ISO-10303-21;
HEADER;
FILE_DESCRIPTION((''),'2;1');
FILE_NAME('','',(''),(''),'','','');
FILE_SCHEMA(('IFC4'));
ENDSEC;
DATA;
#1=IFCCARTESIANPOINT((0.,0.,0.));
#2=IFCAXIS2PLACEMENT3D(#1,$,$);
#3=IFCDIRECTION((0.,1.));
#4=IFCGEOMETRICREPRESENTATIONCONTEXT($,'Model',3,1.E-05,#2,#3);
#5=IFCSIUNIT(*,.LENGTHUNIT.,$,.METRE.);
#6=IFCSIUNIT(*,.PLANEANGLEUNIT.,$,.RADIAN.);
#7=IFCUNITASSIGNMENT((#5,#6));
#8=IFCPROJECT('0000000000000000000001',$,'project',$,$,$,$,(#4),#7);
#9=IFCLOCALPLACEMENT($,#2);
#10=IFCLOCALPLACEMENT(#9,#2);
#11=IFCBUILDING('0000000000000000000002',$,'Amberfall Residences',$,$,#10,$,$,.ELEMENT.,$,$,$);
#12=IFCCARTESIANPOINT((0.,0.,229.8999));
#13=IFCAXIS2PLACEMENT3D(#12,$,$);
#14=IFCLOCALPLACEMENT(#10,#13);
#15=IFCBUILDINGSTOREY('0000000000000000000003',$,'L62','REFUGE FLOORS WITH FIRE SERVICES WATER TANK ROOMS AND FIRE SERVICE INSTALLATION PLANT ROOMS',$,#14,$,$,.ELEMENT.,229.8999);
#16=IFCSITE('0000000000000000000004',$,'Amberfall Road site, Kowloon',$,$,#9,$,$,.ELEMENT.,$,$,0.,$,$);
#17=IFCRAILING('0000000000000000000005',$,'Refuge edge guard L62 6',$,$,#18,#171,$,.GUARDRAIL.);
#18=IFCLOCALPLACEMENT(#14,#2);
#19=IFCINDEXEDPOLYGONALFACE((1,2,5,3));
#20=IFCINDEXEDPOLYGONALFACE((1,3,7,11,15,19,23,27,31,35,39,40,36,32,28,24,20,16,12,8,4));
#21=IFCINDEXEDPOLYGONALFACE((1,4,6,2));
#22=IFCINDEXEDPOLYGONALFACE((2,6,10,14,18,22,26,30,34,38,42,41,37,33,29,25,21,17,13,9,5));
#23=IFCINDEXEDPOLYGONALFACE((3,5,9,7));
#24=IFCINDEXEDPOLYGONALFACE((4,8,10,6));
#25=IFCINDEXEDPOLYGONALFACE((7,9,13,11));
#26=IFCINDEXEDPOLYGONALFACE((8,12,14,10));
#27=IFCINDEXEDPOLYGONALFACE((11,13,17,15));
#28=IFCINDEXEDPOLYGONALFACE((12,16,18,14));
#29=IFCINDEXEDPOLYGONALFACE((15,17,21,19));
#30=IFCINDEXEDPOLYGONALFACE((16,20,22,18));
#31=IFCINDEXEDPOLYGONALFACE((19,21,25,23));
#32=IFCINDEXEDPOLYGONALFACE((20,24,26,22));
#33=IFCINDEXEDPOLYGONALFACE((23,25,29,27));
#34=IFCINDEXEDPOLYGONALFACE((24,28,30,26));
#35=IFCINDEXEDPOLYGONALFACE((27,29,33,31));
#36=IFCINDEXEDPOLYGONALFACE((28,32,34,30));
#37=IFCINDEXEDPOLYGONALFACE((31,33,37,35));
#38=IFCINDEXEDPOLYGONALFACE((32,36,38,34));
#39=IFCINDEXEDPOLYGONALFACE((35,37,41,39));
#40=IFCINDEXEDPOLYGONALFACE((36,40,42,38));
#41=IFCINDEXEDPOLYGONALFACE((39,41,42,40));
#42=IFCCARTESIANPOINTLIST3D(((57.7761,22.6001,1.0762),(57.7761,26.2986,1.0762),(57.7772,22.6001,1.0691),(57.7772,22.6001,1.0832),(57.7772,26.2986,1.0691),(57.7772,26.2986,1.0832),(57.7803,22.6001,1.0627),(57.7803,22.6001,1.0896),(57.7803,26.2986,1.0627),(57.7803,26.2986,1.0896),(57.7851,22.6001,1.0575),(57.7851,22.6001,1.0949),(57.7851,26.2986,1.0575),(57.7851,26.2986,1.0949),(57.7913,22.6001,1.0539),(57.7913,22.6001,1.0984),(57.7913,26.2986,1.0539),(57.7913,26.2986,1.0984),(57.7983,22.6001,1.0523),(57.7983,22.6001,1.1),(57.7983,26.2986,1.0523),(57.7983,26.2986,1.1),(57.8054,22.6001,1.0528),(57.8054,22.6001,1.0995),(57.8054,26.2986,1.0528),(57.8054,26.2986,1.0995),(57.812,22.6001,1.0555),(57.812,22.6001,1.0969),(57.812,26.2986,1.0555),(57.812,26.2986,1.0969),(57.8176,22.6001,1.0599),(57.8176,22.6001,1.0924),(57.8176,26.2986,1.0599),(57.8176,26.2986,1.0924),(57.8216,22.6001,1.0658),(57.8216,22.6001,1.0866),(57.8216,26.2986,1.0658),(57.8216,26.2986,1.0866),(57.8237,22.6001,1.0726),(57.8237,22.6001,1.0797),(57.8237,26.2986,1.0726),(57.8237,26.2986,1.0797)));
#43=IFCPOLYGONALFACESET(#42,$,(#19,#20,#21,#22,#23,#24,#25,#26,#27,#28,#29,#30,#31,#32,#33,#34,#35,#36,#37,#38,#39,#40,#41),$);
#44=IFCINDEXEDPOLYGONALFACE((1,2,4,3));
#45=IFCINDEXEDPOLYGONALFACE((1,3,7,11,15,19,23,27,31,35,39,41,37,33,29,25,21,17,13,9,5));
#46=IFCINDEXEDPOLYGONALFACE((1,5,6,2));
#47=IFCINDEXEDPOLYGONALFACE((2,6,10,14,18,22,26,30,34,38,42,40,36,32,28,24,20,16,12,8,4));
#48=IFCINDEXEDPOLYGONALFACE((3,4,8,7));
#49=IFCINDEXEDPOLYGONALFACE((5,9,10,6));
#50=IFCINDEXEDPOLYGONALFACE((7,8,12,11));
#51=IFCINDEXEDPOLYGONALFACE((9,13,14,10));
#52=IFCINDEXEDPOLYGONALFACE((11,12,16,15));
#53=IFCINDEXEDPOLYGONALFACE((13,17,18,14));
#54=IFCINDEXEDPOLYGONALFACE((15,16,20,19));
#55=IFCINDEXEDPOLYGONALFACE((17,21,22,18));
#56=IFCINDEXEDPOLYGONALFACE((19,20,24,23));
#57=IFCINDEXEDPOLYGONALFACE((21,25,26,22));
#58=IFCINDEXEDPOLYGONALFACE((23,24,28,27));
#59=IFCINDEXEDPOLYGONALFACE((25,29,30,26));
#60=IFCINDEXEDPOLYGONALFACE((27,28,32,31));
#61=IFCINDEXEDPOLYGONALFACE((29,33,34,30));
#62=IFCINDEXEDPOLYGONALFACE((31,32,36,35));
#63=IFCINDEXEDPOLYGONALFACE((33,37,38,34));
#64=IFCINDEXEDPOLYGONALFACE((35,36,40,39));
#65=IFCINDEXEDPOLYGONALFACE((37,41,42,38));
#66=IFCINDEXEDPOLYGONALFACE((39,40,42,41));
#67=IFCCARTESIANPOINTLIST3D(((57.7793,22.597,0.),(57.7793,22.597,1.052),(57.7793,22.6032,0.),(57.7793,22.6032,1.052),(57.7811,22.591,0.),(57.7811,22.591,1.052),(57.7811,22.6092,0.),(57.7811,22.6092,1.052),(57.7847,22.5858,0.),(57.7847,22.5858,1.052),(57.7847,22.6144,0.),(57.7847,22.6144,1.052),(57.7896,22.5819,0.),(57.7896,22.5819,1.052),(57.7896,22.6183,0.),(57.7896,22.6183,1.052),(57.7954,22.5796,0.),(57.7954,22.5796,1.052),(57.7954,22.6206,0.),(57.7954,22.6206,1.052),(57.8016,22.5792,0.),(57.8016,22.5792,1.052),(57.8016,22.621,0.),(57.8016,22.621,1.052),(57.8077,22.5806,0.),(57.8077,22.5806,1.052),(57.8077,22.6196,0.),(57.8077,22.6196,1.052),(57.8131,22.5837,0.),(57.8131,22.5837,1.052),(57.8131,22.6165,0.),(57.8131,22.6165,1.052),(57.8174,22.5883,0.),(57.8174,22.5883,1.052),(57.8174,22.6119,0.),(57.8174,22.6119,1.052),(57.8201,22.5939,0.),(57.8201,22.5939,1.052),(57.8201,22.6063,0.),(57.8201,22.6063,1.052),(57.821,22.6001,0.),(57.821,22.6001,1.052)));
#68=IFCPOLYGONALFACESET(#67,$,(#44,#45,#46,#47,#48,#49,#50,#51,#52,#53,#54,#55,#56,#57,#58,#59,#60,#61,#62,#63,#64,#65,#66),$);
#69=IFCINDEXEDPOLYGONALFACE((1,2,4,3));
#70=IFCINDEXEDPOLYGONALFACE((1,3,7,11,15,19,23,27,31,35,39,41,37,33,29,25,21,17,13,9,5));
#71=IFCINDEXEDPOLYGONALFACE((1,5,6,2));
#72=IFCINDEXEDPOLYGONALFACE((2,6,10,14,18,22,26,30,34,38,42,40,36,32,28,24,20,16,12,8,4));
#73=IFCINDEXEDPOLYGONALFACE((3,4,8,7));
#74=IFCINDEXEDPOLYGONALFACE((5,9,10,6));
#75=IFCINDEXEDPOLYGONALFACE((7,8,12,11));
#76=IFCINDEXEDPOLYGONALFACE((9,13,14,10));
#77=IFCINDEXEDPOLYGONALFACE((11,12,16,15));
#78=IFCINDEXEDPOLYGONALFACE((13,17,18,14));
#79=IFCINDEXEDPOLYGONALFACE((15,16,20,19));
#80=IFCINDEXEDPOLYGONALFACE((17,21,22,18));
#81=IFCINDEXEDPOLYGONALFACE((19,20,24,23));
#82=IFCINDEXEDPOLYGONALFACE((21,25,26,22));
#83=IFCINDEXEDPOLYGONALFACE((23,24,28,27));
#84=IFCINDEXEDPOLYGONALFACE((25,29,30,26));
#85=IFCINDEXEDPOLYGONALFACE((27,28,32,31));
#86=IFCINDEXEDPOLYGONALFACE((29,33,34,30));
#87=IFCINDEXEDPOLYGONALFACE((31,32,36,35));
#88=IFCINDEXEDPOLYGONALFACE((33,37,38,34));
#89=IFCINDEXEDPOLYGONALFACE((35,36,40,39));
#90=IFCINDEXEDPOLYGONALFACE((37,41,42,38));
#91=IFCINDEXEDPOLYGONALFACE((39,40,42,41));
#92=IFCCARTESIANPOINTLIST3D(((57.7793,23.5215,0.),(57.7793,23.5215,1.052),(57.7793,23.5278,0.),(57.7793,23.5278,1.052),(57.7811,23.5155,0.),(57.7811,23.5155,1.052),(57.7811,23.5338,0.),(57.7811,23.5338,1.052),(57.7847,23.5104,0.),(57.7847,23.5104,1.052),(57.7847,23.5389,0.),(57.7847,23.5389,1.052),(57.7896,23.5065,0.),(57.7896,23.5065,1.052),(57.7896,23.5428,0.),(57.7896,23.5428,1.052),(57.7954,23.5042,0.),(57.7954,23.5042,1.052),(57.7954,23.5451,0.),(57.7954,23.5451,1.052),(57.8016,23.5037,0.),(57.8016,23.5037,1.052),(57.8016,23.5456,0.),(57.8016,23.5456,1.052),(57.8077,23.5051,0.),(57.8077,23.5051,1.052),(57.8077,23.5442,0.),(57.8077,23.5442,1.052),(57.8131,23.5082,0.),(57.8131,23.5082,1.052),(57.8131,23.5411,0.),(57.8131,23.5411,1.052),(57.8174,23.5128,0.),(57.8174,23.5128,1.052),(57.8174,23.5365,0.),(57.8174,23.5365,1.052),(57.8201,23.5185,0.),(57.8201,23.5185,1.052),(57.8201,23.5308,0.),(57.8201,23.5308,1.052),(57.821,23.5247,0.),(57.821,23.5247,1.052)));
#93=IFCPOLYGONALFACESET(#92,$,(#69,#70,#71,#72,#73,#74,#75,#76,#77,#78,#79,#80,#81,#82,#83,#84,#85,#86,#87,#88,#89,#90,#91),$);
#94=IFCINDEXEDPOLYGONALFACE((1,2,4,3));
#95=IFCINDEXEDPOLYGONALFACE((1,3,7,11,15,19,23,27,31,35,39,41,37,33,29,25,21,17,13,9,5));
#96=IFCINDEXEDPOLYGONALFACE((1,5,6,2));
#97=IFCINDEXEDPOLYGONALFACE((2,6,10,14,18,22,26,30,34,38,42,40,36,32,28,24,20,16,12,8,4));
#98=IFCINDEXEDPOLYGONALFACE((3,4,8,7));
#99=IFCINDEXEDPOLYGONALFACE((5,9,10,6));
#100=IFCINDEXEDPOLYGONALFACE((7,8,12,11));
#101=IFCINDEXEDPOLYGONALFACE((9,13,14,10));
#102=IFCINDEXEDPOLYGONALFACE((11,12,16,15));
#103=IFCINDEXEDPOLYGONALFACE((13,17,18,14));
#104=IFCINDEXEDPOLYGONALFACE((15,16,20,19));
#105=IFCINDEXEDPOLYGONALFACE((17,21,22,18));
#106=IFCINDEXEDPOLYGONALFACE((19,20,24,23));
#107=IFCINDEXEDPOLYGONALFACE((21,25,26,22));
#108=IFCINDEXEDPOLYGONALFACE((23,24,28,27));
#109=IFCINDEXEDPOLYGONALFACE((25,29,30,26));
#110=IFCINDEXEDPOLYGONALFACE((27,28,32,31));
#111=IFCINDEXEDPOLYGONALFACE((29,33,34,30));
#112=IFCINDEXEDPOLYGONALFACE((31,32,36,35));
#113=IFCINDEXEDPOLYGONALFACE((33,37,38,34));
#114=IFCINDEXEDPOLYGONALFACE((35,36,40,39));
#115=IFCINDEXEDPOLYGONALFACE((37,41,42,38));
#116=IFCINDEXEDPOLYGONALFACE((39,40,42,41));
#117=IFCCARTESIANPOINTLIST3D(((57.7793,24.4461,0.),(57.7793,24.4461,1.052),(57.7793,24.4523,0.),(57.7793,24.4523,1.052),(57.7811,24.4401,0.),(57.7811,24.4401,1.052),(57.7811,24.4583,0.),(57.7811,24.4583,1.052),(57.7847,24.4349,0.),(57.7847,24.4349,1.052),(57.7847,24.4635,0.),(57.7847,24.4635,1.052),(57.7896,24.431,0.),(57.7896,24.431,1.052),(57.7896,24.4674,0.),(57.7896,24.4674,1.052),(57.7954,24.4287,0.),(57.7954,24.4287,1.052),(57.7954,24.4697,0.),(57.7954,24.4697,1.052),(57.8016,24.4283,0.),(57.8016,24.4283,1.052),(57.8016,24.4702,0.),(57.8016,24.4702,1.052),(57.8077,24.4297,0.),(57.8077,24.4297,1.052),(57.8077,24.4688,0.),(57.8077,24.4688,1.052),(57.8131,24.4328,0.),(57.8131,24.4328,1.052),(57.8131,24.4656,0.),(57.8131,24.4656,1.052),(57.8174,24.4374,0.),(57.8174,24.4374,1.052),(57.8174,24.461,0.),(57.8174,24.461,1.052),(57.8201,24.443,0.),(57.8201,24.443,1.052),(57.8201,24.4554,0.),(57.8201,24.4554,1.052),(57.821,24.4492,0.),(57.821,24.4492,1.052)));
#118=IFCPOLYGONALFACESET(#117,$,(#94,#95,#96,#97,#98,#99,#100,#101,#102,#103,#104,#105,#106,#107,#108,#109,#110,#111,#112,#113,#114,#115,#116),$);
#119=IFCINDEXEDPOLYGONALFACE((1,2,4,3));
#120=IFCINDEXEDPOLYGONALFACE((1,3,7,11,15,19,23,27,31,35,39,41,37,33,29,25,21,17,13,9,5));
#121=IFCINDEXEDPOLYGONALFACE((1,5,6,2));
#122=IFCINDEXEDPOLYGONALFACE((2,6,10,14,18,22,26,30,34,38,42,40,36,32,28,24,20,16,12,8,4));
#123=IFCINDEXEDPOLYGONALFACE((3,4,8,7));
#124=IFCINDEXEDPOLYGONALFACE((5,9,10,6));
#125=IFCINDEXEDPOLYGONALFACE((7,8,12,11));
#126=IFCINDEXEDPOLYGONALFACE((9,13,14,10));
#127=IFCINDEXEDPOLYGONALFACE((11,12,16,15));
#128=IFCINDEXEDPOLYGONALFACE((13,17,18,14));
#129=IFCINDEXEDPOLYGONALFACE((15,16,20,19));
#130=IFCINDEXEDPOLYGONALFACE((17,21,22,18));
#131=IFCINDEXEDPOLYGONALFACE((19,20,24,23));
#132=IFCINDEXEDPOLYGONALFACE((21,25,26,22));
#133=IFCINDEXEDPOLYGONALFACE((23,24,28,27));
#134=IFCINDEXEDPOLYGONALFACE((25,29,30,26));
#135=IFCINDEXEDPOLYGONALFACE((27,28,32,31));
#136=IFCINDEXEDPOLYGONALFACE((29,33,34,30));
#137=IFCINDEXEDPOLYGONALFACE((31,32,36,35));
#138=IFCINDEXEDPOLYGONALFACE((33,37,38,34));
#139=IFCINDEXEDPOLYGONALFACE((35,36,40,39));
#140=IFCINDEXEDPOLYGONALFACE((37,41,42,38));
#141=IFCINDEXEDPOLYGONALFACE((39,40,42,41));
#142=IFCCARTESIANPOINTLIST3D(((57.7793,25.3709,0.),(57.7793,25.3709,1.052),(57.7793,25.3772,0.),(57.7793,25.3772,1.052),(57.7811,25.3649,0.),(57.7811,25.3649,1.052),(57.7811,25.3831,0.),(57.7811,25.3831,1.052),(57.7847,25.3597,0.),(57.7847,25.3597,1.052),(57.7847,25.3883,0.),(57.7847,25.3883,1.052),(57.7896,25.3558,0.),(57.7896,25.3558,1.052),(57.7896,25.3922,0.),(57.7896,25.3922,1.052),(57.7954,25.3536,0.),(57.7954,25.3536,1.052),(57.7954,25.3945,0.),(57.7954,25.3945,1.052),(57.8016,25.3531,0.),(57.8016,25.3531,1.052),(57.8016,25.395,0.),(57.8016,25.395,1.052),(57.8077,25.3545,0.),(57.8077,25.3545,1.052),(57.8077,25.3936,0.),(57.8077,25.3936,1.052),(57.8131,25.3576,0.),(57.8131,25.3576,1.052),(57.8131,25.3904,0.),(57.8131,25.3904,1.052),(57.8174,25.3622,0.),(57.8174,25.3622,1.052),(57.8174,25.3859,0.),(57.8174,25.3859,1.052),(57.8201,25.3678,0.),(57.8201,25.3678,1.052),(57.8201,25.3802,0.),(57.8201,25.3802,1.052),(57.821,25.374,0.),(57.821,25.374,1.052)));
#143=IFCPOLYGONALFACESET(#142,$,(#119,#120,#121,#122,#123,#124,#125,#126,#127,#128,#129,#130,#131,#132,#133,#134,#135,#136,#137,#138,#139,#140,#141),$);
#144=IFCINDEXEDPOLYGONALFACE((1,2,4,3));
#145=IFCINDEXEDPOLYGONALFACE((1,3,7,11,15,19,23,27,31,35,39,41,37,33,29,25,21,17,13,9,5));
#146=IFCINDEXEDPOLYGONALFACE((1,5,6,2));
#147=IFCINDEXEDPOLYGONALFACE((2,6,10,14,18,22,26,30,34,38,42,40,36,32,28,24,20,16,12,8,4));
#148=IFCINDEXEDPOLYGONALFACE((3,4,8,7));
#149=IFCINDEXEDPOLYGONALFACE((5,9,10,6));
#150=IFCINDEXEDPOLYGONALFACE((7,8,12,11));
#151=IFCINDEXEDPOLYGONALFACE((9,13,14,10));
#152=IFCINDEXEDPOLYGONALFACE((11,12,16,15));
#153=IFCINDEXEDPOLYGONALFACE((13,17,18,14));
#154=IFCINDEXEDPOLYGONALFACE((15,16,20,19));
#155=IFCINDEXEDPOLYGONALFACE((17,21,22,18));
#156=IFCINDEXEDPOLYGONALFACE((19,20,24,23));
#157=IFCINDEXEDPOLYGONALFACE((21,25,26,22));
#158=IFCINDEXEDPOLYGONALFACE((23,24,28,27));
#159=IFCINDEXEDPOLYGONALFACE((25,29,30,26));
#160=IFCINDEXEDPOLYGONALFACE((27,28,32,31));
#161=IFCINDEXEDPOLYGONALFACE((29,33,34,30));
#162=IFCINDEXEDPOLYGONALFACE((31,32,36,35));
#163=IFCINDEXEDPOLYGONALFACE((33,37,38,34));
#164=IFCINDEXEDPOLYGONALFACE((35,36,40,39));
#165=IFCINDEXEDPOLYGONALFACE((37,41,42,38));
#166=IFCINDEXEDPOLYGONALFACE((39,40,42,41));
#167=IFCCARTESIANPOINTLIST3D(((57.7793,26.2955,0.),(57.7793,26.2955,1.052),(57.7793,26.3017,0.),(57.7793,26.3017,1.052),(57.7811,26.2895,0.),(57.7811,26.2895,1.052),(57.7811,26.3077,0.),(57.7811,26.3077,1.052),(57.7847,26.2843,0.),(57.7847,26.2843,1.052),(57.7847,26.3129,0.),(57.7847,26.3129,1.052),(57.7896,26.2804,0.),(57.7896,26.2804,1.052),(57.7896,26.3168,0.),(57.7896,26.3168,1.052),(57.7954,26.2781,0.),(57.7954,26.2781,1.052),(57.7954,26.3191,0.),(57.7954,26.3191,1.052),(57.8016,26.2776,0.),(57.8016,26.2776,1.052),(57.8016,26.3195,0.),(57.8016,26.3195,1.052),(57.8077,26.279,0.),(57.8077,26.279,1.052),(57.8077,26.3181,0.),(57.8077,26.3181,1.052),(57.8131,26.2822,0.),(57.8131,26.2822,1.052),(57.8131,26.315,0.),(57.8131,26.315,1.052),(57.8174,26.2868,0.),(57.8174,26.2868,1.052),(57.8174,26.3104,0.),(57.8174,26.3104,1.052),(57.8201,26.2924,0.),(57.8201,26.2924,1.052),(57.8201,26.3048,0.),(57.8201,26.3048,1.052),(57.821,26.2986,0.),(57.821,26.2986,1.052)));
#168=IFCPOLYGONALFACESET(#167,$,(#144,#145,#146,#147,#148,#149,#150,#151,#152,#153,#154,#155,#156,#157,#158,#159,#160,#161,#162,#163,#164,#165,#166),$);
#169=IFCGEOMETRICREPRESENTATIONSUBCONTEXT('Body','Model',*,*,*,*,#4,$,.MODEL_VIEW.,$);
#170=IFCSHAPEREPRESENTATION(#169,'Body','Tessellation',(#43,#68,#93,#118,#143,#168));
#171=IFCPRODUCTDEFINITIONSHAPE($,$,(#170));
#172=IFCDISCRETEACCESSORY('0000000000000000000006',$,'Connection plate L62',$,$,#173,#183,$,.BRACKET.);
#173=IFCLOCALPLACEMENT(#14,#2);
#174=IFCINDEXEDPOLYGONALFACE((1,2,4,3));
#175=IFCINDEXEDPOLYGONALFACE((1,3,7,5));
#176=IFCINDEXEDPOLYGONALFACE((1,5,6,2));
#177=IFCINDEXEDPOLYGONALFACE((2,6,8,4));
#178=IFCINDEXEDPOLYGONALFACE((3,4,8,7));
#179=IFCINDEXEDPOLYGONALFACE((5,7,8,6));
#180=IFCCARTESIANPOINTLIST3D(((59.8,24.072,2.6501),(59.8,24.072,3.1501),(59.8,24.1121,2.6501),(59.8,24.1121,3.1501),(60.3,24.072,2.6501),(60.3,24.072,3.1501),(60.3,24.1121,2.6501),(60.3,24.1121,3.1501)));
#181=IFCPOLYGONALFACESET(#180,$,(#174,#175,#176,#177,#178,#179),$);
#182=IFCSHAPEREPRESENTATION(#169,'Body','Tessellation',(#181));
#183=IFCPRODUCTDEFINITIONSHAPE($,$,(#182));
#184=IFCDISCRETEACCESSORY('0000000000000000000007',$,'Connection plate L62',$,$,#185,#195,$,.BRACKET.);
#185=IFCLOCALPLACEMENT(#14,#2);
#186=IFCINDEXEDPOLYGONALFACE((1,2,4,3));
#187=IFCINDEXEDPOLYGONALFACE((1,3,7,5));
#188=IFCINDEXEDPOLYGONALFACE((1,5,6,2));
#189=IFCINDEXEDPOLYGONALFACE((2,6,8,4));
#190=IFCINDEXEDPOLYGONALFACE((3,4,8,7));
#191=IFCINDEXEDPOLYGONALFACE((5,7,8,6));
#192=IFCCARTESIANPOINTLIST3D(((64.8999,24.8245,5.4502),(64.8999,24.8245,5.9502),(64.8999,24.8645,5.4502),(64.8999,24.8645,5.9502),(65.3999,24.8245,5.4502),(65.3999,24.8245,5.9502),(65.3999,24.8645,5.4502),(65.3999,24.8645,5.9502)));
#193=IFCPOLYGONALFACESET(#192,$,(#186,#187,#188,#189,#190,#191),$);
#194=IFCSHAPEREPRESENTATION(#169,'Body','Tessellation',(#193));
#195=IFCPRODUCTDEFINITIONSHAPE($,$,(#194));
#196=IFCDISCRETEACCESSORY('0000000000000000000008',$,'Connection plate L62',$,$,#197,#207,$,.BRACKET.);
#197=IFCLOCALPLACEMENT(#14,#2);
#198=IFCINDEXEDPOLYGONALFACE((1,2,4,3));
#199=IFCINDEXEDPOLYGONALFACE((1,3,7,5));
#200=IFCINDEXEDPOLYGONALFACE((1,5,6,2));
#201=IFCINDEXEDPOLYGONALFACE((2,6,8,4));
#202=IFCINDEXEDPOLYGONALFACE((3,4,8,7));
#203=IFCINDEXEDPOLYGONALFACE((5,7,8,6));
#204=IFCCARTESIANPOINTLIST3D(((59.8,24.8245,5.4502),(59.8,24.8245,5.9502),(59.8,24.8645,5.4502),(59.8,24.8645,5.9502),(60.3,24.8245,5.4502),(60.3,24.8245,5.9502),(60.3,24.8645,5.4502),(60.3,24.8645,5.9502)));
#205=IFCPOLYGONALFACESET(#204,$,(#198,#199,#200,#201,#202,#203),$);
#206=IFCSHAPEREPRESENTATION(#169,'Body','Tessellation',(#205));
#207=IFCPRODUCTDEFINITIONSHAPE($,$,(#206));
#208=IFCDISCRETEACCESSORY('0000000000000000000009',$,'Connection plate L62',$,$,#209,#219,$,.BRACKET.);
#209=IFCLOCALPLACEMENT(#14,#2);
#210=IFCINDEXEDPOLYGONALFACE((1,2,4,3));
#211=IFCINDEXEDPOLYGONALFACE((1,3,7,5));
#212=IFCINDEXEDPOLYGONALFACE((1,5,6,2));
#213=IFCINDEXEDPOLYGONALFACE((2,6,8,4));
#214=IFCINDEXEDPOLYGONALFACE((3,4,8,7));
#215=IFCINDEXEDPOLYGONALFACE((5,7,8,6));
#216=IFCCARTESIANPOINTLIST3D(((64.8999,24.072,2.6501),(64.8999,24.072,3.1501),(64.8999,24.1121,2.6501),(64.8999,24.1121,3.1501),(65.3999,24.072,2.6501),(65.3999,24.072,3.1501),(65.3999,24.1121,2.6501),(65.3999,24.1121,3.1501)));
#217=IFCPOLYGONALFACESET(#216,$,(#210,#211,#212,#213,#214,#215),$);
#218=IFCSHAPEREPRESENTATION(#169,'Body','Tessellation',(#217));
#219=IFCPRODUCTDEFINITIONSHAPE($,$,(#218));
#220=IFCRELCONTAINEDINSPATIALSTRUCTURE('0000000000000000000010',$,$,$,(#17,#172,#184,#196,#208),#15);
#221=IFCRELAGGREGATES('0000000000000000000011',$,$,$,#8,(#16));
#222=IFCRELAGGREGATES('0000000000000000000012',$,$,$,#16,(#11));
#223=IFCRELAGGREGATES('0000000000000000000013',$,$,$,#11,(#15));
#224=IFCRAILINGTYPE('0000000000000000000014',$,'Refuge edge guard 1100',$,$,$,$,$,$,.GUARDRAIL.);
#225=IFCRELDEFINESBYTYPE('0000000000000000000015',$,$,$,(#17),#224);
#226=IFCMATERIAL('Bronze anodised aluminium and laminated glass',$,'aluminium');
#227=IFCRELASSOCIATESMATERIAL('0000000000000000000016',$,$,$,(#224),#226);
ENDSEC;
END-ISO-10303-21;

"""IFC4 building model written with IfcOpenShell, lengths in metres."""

from ifc_helpers import new_model, si_unit, direction, frame, origin, origin_2d, place, context, subcontext, project, spatial, rectangle, circle, extrude, material, type_object, element, save


model = new_model("IFC4")

# Units and contexts
model_context = context("Model", 3, precision=1e-05, world=origin(), true_north=direction((0.0, 1.0)))
body_context = subcontext(model_context, "Body", "Model", "MODEL_VIEW")
ifc_project = project(units=[si_unit("LENGTHUNIT", "METRE"), si_unit("PLANEANGLEUNIT", "RADIAN")], contexts=[model_context])

# Site, building, storey
site_placement = place(None, origin())
site = spatial("IfcSite", under=ifc_project, at=site_placement, Name="Amberfall Road site, Kowloon", CompositionType="ELEMENT", RefElevation=0.0)
building_placement = place(site_placement, origin())
building = spatial("IfcBuilding", under=site, at=building_placement, Name="Amberfall Residences", CompositionType="ELEMENT")
storey_placement = place(building_placement, frame((0.0, 0.0, 229.8999)))
storey = spatial("IfcBuildingStorey", under=building, at=storey_placement, Name="L62", Description="REFUGE FLOORS WITH FIRE SERVICES WATER TANK ROOMS AND FIRE SERVICE INSTALLATION PLANT ROOMS", CompositionType="ELEMENT", Elevation=229.8999)

# Railing
ifc_material_1 = material(Name="Bronze anodised aluminium and laminated glass", Category="aluminium")
railing_type = type_object("IfcRailingType", Name="Refuge edge guard 1100", PredefinedType="GUARDRAIL", material=ifc_material_1)
railing_placement = place(storey_placement, frame((57.8, 22.6001, 0.0)))
element("IfcRailing", 1, at=railing_placement, inside=storey, type_object=railing_type, Name="Refuge edge guard L62 6", PredefinedType="GUARDRAIL", context=body_context, shape_type="SweptSolid", body=[
    extrude(circle(Radius=0.0239, at=origin_2d()), frame((0.0, 0.0, 1.0762), z_axis=(0.0, 1.0, 0.0), x_axis=(-1.0, 0.0, 0.0)), (0.0, 0.0, 1.0), 3.6985),
    extrude(circle(Radius=0.021, at=origin_2d()), origin(), (0.0, 0.0, 1.0), 1.052),
    extrude(circle(Radius=0.021, at=origin_2d()), frame((0.0, 0.9246, 0.0)), (0.0, 0.0, 1.0), 1.052),
    extrude(circle(Radius=0.021, at=origin_2d()), frame((0.0, 1.8491, 0.0)), (0.0, 0.0, 1.0), 1.052),
    extrude(circle(Radius=0.021, at=origin_2d()), frame((0.0, 2.7739, 0.0)), (0.0, 0.0, 1.0), 1.052),
    extrude(circle(Radius=0.021, at=origin_2d()), frame((0.0, 3.6985, 0.0)), (0.0, 0.0, 1.0), 1.052),
])

# Discrete accessories
for number, where, z_axis, x_axis, name in (
    (2, (60.05, 24.092, 2.6501), (0.0, 0.0, 1.0), (1.0, 0.0, 0.0), "Connection plate L62"),
    (3, (65.1499, 24.8445, 5.4502), (0.0, 0.0, 1.0), (1.0, 0.0, 0.0), "Connection plate L62"),
    (4, (60.05, 24.8445, 5.4502), (0.0, 0.0, 1.0), (1.0, 0.0, 0.0), "Connection plate L62"),
    (5, (65.1499, 24.092, 2.6501), (0.0, 0.0, 1.0), (1.0, 0.0, 0.0), "Connection plate L62"),
):
    element("IfcDiscreteAccessory", number, at=place(storey_placement, frame(where, z_axis=z_axis, x_axis=x_axis)), inside=storey, Name=name, PredefinedType="BRACKET", context=body_context, shape_type="SweptSolid", body=[
        extrude(rectangle(XDim=0.5, YDim=0.04, at=origin_2d()), origin(), (0.0, 0.0, 1.0), 0.5),
    ])

save(model, "model.ifc")
